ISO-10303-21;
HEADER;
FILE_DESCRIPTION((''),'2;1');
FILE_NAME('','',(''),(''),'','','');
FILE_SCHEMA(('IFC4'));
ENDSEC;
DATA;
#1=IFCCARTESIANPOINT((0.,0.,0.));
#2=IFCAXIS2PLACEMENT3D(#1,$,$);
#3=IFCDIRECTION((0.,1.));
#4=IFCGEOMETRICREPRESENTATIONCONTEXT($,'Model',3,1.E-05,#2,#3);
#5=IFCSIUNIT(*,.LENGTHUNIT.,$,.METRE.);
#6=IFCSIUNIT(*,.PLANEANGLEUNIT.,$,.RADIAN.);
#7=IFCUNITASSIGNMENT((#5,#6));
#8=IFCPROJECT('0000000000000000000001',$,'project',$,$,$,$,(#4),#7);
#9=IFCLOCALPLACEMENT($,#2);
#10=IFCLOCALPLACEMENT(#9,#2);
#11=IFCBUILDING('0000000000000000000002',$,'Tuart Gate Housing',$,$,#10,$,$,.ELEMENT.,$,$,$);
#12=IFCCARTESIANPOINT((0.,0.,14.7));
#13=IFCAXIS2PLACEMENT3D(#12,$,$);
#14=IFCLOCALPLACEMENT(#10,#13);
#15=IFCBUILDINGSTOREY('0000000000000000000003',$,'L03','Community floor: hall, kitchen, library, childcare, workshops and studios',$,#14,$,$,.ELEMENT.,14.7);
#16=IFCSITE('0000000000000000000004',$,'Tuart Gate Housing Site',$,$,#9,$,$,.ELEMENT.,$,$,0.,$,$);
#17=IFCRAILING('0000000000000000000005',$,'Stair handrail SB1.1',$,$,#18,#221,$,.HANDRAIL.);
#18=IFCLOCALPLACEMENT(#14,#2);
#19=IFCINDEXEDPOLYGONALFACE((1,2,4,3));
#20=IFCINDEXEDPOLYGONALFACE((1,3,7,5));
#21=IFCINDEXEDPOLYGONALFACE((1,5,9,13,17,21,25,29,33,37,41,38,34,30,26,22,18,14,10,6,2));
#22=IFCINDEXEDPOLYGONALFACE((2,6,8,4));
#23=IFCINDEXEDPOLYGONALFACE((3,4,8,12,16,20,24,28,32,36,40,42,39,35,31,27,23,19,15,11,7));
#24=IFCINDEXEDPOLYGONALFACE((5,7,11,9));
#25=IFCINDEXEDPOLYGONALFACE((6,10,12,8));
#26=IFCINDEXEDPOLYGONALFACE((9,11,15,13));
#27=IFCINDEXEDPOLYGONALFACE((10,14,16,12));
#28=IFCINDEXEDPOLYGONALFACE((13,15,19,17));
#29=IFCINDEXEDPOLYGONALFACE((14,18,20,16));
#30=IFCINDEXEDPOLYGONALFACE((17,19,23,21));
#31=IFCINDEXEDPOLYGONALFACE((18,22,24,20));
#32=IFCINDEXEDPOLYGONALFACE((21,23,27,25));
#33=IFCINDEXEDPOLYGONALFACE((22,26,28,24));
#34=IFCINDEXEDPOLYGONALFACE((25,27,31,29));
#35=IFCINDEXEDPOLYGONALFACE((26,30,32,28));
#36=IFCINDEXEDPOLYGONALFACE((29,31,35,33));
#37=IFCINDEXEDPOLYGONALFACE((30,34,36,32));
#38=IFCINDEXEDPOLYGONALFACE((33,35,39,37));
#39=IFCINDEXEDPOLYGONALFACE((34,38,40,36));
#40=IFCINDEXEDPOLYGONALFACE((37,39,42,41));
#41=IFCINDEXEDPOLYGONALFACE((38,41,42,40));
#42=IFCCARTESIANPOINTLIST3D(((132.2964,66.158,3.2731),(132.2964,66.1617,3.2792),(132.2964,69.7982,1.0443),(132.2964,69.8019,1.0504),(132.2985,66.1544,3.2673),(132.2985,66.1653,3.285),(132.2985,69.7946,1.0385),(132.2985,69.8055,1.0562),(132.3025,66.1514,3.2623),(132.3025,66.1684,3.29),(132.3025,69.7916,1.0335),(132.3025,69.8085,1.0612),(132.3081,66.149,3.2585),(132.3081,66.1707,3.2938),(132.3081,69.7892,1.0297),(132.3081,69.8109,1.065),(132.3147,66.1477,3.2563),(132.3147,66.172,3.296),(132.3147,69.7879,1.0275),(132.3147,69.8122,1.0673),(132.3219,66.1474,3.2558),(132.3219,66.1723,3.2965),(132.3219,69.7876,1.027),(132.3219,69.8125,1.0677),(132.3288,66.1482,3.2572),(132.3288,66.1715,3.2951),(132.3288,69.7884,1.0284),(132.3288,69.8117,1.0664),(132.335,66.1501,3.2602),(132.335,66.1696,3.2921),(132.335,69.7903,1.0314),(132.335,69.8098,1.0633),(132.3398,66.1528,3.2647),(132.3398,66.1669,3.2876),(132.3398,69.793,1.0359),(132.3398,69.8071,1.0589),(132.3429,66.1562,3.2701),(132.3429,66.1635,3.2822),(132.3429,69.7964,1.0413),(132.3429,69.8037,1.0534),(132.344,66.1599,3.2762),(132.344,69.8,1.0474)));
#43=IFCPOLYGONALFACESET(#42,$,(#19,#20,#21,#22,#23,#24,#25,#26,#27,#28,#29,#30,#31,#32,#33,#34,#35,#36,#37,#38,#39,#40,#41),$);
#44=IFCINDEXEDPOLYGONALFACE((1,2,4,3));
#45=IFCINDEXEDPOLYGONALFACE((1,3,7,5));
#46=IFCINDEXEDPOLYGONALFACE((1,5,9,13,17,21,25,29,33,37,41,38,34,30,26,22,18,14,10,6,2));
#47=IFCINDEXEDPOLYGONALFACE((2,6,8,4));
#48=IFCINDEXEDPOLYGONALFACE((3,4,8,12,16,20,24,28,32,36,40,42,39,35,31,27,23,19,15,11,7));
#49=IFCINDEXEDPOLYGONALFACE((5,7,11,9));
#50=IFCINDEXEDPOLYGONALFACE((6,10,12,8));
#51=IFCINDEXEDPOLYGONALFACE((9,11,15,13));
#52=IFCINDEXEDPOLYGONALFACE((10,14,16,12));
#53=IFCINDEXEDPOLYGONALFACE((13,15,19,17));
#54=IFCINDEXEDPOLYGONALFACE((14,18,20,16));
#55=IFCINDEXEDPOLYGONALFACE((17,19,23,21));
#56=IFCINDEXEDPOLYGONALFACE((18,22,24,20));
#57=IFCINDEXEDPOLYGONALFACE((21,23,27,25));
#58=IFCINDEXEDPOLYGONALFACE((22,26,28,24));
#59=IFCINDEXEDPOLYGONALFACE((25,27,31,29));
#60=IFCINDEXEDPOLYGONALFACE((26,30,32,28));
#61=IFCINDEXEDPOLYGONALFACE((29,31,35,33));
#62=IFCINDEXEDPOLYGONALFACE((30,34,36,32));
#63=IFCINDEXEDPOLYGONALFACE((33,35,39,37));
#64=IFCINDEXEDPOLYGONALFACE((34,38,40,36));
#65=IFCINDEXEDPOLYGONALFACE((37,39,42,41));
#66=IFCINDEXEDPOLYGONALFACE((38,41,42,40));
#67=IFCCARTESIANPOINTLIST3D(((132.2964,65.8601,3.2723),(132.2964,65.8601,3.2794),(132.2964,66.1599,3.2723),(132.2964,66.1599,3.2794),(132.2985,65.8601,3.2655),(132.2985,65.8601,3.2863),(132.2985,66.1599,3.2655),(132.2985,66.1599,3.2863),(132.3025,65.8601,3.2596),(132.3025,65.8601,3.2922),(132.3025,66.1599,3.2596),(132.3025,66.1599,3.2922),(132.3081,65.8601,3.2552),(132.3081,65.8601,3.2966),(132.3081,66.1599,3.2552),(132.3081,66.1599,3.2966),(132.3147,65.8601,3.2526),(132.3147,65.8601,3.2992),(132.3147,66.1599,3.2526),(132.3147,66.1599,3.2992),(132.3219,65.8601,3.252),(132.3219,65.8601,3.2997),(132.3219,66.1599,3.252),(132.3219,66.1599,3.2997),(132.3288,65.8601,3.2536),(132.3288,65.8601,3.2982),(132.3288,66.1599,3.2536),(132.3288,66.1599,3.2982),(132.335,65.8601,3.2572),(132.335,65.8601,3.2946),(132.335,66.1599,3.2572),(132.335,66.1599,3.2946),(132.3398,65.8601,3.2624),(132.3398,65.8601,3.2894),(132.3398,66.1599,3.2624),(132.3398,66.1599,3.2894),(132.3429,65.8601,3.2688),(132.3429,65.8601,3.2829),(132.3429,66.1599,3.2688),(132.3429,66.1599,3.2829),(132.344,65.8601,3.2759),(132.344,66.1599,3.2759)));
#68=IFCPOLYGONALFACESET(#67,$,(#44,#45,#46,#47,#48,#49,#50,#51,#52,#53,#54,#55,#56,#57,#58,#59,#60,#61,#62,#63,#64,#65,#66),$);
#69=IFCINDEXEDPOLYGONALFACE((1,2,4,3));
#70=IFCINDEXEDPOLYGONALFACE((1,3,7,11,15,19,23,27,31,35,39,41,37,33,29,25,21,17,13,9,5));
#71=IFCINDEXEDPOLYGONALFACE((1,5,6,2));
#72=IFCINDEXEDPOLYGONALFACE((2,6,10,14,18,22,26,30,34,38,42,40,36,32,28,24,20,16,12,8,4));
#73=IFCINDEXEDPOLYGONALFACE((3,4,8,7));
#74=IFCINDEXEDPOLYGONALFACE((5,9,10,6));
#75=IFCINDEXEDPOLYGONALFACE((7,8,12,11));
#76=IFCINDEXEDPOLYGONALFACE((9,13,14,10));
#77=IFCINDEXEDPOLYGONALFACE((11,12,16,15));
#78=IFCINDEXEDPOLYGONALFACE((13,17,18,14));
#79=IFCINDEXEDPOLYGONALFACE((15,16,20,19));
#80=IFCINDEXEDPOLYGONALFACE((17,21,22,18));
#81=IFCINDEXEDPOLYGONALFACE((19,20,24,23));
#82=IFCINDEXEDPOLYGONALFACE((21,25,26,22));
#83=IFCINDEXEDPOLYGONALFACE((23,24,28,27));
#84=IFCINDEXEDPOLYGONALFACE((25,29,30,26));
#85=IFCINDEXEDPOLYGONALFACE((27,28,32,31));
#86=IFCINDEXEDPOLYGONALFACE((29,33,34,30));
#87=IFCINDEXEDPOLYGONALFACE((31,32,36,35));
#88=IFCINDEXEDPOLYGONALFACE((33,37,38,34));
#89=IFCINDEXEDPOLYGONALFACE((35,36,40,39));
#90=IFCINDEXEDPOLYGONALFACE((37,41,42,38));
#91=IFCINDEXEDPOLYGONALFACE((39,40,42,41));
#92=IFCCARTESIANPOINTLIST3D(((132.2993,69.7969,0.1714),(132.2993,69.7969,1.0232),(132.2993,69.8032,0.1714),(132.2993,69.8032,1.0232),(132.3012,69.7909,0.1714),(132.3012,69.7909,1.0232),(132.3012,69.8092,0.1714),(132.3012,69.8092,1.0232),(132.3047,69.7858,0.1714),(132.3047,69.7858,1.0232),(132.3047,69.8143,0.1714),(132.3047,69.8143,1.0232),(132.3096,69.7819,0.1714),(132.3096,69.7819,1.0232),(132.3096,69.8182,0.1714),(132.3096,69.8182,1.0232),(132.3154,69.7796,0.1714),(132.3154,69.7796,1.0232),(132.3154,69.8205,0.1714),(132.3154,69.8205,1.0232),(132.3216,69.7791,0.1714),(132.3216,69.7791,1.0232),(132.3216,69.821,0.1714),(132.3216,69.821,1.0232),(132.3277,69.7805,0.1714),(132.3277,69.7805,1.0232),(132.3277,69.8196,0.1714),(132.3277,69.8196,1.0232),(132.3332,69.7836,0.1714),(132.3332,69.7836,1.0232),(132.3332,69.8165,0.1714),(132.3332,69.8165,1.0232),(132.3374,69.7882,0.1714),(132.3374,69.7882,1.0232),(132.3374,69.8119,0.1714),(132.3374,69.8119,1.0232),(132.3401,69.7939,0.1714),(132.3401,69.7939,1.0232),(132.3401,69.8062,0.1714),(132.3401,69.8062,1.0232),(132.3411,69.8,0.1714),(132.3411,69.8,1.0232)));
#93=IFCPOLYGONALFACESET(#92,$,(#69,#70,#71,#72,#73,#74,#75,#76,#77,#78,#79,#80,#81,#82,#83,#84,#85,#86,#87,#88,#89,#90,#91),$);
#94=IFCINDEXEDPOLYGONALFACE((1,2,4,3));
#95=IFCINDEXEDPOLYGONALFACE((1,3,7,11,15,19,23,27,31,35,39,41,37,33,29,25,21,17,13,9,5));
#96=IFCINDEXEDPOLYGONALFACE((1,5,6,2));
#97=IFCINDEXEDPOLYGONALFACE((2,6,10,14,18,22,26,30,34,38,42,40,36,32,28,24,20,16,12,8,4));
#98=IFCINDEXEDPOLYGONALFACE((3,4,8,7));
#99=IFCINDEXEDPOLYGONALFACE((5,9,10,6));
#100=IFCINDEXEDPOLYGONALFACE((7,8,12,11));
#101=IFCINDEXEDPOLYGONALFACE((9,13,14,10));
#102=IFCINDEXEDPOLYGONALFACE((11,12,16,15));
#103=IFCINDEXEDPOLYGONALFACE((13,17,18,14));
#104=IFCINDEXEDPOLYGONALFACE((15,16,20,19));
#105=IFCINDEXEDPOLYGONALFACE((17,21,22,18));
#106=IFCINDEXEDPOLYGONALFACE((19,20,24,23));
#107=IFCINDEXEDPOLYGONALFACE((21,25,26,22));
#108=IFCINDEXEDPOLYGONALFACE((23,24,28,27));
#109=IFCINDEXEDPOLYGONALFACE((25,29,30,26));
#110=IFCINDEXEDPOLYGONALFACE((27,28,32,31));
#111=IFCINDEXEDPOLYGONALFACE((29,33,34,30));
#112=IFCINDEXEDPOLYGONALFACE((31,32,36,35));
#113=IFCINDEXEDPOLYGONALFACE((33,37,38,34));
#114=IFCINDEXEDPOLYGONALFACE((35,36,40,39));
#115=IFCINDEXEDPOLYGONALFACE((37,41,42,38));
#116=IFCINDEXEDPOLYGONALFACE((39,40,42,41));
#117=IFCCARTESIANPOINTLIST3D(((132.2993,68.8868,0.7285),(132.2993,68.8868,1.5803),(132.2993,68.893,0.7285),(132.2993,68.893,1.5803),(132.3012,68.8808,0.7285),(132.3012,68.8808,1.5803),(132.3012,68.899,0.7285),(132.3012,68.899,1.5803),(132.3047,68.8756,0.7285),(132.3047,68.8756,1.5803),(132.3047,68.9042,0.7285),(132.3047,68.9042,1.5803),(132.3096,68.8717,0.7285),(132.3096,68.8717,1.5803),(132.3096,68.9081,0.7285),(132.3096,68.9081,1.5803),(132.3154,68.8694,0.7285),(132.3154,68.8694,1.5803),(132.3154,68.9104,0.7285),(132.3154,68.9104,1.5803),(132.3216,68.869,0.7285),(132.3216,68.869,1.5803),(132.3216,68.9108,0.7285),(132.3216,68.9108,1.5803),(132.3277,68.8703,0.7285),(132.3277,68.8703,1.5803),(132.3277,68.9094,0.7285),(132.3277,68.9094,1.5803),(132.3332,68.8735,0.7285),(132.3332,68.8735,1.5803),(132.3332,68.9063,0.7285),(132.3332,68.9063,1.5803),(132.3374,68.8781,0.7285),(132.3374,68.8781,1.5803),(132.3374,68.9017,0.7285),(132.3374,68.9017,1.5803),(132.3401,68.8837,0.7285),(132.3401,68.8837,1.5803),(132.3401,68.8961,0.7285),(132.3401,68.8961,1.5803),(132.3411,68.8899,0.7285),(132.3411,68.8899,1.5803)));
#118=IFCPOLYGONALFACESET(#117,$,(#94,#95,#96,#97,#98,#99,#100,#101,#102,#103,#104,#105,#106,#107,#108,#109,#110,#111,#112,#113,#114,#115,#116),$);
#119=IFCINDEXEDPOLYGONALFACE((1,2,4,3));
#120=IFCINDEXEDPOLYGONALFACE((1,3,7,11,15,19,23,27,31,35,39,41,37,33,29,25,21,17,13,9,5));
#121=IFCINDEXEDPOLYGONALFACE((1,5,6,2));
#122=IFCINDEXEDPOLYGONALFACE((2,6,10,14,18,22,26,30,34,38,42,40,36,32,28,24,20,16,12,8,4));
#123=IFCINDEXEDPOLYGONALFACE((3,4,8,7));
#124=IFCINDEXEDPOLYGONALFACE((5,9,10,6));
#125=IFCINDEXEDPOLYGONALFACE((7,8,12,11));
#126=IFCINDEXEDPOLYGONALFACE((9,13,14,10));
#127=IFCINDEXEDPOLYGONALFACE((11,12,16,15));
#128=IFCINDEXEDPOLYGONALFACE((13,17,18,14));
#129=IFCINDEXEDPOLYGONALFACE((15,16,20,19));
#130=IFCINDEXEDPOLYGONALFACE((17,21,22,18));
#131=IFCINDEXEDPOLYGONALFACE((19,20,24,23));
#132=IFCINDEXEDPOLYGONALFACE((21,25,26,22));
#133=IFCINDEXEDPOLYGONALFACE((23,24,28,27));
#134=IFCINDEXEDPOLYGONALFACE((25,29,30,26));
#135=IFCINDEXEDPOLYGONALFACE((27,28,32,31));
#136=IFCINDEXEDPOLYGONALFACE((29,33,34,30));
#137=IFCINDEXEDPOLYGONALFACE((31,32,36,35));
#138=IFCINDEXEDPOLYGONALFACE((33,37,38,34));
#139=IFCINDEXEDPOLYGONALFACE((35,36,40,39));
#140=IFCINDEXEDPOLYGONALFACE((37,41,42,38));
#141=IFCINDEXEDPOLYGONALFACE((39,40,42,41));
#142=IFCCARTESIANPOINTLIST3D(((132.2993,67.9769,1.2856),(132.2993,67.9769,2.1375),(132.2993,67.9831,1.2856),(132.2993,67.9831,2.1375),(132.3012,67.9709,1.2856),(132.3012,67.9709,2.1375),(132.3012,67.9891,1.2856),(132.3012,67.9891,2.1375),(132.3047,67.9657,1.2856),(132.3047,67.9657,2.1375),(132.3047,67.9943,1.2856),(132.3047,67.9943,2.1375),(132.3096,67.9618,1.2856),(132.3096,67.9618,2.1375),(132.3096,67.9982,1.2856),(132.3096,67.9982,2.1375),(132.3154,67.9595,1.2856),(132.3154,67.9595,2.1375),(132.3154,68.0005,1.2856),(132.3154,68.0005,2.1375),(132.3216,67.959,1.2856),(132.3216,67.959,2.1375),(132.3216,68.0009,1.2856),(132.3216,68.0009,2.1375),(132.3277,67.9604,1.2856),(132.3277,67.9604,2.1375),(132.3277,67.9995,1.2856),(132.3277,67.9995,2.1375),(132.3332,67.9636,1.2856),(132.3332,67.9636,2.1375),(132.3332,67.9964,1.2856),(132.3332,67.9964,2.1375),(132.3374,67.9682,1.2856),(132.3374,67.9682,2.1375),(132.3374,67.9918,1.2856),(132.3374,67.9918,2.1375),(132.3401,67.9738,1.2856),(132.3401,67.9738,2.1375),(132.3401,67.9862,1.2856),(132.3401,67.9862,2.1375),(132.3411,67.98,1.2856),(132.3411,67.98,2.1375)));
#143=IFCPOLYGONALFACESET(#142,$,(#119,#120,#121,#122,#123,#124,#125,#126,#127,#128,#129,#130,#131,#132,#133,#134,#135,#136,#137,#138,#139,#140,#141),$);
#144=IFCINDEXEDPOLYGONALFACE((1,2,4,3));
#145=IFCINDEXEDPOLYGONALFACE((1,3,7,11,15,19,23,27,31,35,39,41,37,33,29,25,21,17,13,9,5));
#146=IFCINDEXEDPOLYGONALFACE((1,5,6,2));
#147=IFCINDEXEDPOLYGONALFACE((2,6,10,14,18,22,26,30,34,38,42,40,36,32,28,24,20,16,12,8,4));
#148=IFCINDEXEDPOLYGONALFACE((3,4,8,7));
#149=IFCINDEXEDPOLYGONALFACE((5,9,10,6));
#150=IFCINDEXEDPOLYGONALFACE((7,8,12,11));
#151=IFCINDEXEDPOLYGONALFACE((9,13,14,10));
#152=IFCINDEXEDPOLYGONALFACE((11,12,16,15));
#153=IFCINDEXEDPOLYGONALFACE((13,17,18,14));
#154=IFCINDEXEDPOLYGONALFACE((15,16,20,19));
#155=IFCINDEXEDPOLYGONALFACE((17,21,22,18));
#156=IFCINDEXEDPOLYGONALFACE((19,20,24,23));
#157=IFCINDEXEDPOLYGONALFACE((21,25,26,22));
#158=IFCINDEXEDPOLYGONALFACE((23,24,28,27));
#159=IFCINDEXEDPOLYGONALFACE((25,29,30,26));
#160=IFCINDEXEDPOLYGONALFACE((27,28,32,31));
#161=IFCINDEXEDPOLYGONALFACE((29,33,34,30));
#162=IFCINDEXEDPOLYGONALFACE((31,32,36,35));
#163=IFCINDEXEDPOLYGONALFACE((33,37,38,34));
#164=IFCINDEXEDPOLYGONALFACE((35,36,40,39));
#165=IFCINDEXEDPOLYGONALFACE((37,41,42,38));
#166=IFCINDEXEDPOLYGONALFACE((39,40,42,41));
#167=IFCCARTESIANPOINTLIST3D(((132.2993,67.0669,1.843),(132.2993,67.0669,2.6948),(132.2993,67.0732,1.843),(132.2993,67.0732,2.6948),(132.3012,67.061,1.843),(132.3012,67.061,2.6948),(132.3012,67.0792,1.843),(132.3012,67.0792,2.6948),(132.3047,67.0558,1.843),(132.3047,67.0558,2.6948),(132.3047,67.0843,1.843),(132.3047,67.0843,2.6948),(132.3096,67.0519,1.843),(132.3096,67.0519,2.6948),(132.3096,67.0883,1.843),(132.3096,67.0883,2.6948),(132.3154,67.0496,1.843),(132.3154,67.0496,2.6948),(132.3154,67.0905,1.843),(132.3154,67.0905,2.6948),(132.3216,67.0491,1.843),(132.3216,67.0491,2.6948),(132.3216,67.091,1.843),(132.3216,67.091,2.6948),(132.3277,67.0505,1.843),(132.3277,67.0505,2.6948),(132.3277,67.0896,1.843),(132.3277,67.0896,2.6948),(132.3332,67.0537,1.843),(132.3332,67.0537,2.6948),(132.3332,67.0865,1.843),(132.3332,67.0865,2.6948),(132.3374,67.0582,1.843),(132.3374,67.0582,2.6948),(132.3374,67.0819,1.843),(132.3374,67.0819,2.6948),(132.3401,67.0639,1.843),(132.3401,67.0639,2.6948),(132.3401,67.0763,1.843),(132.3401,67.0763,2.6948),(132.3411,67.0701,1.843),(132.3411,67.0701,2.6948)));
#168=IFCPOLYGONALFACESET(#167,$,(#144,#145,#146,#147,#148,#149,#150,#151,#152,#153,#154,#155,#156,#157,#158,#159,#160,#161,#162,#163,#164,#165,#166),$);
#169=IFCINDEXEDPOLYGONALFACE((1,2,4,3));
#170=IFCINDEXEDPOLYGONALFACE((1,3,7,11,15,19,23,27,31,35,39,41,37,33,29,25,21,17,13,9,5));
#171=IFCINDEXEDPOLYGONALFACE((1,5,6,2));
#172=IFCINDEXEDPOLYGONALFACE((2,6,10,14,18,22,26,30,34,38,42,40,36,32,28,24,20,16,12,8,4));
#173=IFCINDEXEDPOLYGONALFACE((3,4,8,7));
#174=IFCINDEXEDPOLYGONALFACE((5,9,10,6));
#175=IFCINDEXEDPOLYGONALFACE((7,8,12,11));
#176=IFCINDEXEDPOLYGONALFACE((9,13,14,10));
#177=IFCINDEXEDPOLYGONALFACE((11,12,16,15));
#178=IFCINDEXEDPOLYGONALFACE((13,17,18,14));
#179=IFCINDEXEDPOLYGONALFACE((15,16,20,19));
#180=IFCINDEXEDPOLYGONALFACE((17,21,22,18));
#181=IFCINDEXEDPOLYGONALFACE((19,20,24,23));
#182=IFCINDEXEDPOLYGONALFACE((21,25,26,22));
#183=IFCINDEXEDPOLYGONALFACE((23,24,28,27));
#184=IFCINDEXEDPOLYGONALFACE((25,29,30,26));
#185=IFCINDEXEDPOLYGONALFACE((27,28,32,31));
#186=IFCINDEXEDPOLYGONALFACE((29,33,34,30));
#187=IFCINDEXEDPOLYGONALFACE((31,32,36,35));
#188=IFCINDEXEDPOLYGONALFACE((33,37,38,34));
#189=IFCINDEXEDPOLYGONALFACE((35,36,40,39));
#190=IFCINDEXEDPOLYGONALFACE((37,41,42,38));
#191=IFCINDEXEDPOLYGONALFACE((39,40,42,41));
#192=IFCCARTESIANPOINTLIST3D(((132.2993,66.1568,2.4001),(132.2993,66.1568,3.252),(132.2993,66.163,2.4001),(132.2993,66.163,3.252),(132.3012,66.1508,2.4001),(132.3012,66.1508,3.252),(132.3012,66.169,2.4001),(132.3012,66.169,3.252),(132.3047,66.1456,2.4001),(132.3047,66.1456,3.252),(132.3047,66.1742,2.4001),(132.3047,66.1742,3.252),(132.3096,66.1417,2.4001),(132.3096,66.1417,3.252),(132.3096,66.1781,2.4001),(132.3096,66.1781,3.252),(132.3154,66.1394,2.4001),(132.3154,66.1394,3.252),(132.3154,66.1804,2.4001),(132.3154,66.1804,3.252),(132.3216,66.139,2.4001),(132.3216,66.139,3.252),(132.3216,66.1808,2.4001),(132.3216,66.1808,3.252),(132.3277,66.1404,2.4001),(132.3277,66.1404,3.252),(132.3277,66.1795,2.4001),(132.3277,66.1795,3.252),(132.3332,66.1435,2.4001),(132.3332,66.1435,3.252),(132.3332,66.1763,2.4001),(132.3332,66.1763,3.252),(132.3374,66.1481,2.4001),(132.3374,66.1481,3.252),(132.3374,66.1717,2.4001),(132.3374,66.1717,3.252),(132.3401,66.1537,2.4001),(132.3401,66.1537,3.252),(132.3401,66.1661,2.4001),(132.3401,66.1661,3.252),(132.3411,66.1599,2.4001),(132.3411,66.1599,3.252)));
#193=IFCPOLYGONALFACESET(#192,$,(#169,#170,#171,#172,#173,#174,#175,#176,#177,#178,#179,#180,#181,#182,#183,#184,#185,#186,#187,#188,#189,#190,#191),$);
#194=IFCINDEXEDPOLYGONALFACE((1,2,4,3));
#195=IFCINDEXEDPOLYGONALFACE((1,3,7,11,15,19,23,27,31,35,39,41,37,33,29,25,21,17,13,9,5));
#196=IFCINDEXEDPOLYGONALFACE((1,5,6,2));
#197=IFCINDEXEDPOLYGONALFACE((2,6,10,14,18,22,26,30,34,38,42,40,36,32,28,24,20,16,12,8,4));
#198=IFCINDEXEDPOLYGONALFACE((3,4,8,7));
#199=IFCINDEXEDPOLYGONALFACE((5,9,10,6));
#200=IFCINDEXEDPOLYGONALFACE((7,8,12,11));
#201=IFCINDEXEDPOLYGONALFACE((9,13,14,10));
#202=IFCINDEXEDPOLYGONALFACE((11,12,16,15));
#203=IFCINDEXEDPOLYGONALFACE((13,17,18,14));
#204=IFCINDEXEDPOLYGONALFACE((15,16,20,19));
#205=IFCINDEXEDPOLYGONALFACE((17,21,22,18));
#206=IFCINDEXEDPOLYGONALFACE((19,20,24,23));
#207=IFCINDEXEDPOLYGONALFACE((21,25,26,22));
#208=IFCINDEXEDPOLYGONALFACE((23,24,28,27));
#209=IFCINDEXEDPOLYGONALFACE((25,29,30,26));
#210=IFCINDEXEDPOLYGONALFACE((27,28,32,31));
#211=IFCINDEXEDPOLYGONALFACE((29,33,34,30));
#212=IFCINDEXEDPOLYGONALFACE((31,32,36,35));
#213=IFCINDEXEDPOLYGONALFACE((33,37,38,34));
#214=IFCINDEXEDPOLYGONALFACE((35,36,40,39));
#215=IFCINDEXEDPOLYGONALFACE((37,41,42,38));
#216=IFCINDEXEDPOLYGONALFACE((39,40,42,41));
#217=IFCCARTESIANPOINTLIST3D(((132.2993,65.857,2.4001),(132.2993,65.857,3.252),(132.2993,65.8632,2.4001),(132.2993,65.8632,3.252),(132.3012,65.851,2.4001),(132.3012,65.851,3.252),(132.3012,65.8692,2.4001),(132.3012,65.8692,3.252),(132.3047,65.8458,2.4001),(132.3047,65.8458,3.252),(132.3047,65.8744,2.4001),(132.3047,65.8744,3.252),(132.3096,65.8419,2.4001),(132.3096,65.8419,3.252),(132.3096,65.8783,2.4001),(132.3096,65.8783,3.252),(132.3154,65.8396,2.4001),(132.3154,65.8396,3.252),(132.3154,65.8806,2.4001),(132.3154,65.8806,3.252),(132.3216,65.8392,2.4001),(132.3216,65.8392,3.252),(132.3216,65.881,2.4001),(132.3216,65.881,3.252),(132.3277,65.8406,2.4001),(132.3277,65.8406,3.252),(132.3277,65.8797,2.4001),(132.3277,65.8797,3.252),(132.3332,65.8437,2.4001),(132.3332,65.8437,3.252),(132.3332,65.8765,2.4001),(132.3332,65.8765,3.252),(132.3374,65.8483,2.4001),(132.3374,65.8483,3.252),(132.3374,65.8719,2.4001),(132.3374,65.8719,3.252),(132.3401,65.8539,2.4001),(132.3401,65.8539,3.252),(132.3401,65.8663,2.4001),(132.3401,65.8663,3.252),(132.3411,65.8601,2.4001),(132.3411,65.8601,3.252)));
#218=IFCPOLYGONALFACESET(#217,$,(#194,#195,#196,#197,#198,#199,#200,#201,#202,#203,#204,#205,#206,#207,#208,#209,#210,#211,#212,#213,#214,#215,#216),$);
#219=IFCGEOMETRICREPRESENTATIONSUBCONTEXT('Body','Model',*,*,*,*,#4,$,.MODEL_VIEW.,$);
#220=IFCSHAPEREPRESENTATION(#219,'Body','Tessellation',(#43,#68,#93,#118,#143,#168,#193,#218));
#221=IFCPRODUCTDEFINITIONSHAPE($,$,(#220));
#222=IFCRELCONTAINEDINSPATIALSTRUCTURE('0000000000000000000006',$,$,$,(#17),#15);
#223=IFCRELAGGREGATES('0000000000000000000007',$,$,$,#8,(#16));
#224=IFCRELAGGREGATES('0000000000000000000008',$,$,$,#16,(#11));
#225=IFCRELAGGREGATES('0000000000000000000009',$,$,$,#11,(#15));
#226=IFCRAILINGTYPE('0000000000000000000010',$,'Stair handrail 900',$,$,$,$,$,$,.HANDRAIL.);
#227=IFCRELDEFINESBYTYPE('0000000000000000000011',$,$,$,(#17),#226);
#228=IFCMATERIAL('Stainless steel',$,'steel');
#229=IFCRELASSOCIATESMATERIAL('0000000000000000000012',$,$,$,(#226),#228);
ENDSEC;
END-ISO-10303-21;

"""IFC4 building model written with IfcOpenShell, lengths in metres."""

from ifc_helpers import new_model, si_unit, direction, frame, origin, origin_2d, place, context, subcontext, project, spatial, circle, extrude, material, type_object, element, save


model = new_model("IFC4")

# Units and contexts
model_context = context("Model", 3, precision=1e-05, world=origin(), true_north=direction((0.0, 1.0)))
body_context = subcontext(model_context, "Body", "Model", "MODEL_VIEW")
ifc_project = project(units=[si_unit("LENGTHUNIT", "METRE"), si_unit("PLANEANGLEUNIT", "RADIAN")], contexts=[model_context])

# Site, building, storey
site_placement = place(None, origin())
site = spatial("IfcSite", under=ifc_project, at=site_placement, Name="Tuart Gate Housing Site", CompositionType="ELEMENT", RefElevation=0.0)
building_placement = place(site_placement, origin())
building = spatial("IfcBuilding", under=site, at=building_placement, Name="Tuart Gate Housing", CompositionType="ELEMENT")
storey_placement = place(building_placement, frame((0.0, 0.0, 14.7)))
storey = spatial("IfcBuildingStorey", under=building, at=storey_placement, Name="L03", Description="Community floor: hall, kitchen, library, childcare, workshops and studios", CompositionType="ELEMENT", Elevation=14.7)

# Railing
ifc_material_1 = material(Name="Stainless steel", Category="steel")
railing_type = type_object("IfcRailingType", Name="Stair handrail 900", PredefinedType="HANDRAIL", material=ifc_material_1)
railing_placement = place(storey_placement, frame((132.3201, 69.8, 0.1714)))
element("IfcRailing", 1, at=railing_placement, inside=storey, type_object=railing_type, Name="Stair handrail SB1.1", PredefinedType="HANDRAIL", context=body_context, shape_type="SweptSolid", body=[
    extrude(circle(Radius=0.0239, at=origin_2d()), frame((0.0, 0.0, 0.876), z_axis=(0.0, -0.85284, 0.522172), x_axis=(1.0, 0.0, 0.0)), (0.0, 0.0, 1.0), 4.2683),
    extrude(circle(Radius=0.0239, at=origin_2d()), frame((0.0, -3.6401, 3.1045), z_axis=(0.0, -1.0, 0.0), x_axis=(1.0, 0.0, 0.0)), (0.0, 0.0, 1.0), 0.2998),
    extrude(circle(Radius=0.021, at=origin_2d()), origin(), (0.0, 0.0, 1.0), 0.8518),
    extrude(circle(Radius=0.021, at=origin_2d()), frame((0.0, -0.9102, 0.5571)), (0.0, 0.0, 1.0), 0.8518),
    extrude(circle(Radius=0.021, at=origin_2d()), frame((0.0, -1.8201, 1.1143)), (0.0, 0.0, 1.0), 0.8518),
    extrude(circle(Radius=0.021, at=origin_2d()), frame((0.0, -2.73, 1.6716)), (0.0, 0.0, 1.0), 0.8518),
    extrude(circle(Radius=0.021, at=origin_2d()), frame((0.0, -3.6401, 2.2288)), (0.0, 0.0, 1.0), 0.8518),
    extrude(circle(Radius=0.021, at=origin_2d()), frame((0.0, -3.9399, 2.2288)), (0.0, 0.0, 1.0), 0.8518),
])

save(model, "model.ifc")
